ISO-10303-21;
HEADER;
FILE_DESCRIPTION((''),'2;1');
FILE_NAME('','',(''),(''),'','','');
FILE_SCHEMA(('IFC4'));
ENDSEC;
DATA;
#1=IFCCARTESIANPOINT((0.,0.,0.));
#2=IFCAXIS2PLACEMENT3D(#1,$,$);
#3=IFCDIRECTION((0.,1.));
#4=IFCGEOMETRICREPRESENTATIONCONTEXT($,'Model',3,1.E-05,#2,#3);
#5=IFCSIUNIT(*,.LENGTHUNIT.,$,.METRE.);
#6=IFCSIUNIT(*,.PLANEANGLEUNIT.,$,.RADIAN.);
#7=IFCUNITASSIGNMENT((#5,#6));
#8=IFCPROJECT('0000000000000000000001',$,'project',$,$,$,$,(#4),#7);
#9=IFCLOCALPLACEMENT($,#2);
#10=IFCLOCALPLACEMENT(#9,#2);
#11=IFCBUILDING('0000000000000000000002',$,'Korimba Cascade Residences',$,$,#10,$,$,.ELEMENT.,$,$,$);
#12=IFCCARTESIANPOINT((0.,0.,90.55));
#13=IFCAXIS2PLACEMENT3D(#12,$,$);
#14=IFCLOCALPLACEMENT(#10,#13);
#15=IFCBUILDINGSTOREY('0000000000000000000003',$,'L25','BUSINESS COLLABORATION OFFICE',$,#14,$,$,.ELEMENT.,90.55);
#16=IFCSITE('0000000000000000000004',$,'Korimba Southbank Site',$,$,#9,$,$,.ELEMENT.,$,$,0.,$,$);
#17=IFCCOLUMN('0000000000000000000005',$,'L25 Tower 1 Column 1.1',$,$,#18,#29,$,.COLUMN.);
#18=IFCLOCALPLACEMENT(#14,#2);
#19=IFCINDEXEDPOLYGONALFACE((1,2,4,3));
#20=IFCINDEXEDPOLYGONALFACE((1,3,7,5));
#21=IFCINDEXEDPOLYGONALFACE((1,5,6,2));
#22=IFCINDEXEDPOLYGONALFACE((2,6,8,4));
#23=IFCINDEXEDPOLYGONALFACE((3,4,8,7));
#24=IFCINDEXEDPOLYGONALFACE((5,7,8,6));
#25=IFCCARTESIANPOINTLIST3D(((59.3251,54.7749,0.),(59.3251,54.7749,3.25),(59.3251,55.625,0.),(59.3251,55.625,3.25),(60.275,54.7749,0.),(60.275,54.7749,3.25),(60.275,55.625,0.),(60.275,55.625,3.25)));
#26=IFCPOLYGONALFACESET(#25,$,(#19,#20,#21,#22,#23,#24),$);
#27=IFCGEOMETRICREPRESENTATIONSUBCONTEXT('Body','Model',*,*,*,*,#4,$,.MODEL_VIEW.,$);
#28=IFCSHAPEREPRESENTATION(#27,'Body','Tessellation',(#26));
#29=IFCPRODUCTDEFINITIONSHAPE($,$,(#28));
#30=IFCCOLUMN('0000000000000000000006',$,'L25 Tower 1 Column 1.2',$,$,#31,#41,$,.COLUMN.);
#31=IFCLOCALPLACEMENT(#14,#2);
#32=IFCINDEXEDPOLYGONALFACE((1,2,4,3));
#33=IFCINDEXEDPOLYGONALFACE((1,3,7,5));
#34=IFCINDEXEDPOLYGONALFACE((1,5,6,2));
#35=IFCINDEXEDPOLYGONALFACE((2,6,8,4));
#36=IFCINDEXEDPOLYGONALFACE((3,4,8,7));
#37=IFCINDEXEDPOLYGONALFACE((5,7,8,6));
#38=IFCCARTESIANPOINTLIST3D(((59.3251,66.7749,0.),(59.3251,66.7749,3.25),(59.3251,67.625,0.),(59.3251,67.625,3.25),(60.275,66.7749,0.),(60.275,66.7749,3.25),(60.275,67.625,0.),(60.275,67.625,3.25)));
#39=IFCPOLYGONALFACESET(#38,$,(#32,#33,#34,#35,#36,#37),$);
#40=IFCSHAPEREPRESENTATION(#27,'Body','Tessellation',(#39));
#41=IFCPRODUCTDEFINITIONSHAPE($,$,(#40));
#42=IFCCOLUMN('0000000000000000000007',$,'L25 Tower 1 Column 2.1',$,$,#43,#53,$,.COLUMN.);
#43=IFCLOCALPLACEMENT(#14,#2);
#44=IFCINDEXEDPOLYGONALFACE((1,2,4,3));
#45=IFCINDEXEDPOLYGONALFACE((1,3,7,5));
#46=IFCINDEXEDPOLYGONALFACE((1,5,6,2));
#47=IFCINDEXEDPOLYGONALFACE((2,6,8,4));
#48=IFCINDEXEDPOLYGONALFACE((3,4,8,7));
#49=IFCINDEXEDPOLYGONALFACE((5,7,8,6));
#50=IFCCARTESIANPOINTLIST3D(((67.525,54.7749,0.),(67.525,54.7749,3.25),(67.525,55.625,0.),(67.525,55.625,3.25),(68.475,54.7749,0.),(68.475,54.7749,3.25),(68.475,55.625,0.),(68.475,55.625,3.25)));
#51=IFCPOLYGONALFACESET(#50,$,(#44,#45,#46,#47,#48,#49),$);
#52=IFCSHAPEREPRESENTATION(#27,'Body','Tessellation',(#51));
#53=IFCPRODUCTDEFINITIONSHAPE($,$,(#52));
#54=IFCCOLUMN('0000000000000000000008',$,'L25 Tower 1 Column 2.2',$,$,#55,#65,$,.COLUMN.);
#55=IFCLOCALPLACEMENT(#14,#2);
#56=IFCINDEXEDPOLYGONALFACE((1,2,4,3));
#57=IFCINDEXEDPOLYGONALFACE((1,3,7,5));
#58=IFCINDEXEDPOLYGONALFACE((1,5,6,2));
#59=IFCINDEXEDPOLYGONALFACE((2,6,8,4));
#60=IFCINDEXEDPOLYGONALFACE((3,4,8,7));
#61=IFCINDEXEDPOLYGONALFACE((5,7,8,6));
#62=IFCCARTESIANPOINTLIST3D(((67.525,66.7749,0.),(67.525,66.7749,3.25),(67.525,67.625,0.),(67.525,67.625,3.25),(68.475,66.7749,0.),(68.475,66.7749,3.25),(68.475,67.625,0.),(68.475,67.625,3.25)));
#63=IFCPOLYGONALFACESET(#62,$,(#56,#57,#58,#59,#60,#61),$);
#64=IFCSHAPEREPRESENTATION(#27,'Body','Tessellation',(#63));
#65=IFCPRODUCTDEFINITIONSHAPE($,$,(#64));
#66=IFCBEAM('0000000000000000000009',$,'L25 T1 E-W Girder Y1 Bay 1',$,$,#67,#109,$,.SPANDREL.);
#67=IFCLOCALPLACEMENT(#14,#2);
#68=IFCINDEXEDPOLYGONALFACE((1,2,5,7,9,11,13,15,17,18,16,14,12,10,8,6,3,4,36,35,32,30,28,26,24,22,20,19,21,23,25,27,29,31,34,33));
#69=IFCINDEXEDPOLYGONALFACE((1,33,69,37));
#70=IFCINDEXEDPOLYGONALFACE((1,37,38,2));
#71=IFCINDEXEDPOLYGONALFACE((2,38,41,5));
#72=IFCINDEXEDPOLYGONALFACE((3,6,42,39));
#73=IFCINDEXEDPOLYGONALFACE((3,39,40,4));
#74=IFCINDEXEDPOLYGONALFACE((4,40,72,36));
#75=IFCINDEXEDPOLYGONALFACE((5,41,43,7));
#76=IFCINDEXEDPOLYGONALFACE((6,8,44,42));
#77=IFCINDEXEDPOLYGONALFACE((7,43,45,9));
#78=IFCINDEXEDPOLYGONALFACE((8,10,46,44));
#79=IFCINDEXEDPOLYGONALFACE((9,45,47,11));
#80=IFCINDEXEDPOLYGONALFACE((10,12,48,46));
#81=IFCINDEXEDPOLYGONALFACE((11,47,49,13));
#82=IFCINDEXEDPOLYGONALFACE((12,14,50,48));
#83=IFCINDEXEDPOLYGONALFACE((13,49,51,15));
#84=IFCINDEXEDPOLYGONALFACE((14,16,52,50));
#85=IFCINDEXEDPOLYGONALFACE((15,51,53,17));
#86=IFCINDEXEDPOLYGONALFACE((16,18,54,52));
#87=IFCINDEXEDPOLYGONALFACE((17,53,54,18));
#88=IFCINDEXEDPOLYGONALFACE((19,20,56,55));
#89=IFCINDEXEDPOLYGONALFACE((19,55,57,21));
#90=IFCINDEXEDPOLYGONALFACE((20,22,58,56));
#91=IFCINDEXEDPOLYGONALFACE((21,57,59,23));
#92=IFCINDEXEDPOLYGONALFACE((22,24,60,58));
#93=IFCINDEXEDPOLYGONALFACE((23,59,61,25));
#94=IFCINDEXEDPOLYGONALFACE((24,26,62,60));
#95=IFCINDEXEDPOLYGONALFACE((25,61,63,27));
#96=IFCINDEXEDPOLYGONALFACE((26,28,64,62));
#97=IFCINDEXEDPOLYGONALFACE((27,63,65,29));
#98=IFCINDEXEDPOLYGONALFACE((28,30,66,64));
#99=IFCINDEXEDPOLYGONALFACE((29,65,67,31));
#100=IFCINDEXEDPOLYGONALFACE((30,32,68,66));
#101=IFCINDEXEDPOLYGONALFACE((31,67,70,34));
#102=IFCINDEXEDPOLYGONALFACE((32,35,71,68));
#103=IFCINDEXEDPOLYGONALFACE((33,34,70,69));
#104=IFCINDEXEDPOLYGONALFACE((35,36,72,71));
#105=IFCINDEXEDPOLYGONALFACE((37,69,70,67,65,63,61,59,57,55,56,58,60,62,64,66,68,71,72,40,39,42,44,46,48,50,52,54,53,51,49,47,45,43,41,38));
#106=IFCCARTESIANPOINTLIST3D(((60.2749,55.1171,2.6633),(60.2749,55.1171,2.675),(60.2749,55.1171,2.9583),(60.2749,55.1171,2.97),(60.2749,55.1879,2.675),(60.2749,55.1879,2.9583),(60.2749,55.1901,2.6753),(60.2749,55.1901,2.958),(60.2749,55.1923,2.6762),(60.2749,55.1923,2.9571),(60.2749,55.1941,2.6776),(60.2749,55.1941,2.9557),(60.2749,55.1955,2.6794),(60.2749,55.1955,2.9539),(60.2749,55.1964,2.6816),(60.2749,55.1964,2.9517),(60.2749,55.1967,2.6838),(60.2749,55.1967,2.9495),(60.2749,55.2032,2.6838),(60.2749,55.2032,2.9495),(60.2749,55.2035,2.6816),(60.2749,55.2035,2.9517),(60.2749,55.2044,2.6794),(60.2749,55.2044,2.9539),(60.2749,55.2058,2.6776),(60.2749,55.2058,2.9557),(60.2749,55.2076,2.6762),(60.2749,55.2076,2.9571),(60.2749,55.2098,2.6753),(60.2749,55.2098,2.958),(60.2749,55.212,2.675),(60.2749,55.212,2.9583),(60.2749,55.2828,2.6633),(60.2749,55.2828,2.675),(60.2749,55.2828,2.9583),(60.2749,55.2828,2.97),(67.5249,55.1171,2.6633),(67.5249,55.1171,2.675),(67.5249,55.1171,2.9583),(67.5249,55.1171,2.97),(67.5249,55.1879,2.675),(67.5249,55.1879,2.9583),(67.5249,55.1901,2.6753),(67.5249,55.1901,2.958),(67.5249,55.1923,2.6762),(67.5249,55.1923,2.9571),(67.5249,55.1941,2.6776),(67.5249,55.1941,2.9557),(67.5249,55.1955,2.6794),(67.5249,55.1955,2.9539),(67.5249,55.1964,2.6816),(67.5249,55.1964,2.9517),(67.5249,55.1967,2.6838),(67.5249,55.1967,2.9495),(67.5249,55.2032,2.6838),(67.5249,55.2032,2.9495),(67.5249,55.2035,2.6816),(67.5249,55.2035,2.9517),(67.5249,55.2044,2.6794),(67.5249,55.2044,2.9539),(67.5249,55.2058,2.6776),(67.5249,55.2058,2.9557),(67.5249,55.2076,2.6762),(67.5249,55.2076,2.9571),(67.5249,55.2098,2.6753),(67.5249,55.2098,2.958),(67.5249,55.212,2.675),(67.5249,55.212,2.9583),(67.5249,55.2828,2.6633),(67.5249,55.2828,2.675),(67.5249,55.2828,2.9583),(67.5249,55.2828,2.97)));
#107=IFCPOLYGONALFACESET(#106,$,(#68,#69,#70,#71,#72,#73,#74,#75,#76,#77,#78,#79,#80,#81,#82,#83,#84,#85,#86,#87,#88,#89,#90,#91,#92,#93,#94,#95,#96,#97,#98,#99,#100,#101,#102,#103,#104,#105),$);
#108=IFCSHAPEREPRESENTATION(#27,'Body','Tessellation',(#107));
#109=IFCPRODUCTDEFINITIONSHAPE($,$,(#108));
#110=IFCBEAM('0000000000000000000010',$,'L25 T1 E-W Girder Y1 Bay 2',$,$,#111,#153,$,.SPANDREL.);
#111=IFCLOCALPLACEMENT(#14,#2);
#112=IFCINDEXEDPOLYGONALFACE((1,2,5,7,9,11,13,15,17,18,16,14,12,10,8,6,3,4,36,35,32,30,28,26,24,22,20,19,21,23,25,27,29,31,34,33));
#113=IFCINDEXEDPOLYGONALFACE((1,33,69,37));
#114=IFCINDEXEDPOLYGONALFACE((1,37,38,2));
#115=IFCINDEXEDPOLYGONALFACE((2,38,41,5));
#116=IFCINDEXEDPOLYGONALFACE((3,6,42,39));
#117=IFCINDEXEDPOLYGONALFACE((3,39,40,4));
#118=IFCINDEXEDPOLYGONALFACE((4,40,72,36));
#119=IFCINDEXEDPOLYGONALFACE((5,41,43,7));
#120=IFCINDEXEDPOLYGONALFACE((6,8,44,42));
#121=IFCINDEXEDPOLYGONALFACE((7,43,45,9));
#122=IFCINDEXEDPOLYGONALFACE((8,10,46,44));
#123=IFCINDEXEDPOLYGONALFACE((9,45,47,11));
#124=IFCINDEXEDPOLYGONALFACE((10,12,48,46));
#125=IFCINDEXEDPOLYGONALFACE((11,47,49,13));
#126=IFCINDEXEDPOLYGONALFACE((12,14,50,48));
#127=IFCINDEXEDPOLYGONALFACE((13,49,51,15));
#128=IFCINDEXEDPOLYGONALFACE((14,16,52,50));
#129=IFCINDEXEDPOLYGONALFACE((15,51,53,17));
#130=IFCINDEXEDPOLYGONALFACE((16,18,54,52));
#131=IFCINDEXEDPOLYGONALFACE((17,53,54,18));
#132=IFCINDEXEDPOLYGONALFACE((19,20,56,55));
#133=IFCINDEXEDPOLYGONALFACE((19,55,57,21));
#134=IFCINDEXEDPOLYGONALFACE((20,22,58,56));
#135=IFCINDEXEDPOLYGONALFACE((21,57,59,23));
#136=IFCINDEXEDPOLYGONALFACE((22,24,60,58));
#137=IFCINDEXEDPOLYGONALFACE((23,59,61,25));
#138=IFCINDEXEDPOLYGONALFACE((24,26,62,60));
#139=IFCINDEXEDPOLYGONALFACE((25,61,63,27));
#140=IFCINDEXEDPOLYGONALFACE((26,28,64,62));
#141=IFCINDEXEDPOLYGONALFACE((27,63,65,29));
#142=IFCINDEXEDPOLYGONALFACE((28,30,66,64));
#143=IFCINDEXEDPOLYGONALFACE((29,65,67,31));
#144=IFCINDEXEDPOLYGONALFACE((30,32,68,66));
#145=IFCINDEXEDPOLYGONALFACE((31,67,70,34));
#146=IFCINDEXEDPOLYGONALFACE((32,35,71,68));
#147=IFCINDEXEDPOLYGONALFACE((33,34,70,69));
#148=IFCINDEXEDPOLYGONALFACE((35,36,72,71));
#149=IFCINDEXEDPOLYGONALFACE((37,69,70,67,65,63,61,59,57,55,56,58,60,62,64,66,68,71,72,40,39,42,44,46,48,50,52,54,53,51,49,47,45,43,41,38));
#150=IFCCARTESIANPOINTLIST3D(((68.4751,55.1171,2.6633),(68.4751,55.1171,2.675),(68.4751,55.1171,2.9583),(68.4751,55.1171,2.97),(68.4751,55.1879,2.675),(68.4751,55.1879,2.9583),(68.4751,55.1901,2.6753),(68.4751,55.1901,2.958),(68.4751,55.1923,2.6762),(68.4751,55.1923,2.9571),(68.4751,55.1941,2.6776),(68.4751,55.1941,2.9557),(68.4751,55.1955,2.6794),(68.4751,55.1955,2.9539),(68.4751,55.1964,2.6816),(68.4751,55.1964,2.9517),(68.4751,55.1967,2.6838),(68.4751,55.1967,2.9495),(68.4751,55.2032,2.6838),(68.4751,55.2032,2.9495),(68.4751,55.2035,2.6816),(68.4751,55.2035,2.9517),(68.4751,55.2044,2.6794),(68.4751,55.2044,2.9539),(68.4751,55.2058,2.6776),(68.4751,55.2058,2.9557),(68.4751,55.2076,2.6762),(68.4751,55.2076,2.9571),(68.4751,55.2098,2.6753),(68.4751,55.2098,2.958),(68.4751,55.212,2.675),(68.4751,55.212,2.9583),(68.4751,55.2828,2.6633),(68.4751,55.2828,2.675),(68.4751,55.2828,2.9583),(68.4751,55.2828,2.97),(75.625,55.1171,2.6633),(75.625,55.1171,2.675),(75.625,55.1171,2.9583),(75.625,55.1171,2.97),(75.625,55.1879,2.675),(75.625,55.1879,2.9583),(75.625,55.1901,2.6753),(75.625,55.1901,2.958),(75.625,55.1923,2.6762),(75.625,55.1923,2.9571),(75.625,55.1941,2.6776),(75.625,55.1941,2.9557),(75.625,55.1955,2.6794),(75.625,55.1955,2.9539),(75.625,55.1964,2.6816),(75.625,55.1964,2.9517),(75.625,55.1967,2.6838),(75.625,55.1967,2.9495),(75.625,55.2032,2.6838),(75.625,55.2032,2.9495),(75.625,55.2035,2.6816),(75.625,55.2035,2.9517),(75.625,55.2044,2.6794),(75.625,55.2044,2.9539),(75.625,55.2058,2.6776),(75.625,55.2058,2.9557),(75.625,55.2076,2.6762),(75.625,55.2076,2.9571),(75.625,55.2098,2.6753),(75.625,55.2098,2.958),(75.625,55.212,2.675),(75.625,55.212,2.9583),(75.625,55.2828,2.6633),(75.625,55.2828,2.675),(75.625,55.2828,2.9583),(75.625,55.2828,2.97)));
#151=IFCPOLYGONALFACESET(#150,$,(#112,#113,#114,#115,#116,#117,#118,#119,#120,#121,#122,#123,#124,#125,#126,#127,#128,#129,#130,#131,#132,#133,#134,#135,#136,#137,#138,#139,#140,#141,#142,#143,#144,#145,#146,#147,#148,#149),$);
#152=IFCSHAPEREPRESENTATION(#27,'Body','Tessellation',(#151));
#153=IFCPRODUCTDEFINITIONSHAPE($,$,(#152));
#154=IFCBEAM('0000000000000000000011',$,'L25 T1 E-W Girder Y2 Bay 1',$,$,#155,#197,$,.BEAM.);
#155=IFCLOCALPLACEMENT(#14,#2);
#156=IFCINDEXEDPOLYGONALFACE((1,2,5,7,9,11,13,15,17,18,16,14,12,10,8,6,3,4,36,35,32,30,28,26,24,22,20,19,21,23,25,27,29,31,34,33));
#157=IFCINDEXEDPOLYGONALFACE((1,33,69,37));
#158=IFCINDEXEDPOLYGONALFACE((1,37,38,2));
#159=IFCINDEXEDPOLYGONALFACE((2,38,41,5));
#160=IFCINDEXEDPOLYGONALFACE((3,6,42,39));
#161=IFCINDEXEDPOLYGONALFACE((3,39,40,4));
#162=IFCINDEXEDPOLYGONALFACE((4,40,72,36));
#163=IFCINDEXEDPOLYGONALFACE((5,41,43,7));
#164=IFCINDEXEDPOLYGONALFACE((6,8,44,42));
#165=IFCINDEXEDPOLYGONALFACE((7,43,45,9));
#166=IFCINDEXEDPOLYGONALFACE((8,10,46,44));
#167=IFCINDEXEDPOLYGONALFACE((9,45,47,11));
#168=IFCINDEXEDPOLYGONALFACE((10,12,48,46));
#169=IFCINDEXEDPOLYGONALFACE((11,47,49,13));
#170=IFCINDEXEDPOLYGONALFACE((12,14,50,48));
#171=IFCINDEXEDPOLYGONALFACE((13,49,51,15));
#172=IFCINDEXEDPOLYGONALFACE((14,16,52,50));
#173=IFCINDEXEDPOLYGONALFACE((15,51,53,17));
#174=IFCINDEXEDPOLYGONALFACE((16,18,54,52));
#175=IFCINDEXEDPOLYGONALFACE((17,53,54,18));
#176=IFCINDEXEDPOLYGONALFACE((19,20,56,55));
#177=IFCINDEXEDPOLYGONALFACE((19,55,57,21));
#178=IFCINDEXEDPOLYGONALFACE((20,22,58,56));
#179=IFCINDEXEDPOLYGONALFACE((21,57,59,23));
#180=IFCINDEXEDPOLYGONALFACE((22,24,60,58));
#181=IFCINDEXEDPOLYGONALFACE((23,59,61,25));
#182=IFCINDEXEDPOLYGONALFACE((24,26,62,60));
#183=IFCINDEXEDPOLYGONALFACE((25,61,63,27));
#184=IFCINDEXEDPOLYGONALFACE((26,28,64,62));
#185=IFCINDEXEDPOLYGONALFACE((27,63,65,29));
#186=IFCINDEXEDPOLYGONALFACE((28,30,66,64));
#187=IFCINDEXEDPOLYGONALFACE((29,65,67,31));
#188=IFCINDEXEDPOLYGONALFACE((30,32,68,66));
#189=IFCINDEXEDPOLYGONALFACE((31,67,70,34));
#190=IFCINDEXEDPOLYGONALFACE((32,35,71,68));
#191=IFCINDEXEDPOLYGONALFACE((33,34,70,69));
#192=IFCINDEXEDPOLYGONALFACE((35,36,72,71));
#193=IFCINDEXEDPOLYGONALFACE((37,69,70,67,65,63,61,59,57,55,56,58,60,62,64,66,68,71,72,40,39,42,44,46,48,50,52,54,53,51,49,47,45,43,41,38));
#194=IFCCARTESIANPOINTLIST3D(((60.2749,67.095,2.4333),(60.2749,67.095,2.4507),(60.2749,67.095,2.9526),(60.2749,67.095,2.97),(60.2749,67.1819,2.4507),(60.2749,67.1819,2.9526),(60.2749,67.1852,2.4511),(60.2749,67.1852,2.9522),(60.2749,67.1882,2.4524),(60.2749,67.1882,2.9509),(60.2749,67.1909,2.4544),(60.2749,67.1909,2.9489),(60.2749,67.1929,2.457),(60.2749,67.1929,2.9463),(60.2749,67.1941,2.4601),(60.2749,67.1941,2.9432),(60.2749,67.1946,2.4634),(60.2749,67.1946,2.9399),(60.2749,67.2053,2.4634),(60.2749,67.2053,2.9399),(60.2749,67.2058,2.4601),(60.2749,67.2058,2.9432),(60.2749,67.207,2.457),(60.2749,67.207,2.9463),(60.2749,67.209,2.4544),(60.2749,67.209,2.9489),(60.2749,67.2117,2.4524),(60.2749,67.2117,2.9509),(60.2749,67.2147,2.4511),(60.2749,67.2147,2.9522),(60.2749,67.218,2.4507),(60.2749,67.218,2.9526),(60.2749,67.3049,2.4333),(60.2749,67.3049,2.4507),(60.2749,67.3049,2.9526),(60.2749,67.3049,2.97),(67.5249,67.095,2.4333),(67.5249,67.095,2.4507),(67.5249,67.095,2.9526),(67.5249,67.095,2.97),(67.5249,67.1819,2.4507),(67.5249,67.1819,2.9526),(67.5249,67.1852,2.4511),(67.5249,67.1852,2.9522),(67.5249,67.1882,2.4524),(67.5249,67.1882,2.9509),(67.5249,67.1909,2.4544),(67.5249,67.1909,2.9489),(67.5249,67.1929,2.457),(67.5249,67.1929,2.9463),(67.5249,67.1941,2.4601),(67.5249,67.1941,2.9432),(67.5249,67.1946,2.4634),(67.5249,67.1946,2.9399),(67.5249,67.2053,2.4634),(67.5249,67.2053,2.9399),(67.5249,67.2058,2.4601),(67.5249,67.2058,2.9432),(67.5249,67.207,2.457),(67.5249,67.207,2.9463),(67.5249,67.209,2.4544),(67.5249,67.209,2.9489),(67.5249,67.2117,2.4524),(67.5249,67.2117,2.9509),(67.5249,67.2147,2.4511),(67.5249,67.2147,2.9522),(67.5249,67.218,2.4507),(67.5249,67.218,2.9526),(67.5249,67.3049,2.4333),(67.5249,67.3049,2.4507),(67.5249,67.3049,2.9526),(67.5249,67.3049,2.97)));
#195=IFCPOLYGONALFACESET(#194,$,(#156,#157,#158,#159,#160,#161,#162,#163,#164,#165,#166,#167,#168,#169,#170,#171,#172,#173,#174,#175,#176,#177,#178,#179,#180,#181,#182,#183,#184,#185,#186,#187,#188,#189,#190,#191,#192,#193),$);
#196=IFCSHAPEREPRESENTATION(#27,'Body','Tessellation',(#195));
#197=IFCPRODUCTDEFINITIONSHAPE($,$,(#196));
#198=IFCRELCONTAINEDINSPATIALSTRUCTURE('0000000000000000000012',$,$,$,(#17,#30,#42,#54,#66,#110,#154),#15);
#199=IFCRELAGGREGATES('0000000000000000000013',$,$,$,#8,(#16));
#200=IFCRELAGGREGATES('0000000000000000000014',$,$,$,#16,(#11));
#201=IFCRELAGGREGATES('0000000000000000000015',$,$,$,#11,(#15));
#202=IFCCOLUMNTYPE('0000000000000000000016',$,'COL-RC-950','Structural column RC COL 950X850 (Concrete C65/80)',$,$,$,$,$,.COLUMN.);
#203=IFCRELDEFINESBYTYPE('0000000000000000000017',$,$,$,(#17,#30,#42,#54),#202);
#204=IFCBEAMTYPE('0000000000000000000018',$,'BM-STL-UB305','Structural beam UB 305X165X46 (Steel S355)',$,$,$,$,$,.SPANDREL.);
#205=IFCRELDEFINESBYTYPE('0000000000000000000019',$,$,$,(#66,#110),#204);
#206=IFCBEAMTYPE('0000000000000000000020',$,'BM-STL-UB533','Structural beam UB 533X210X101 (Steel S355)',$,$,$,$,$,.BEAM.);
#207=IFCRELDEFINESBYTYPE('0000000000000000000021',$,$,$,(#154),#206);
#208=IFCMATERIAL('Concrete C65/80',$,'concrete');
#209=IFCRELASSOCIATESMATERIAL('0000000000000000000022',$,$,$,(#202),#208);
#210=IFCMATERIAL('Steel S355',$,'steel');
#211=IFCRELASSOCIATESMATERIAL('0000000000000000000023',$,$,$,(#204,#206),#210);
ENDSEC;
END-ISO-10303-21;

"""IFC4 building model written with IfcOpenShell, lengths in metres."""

from ifc_helpers import new_model, si_unit, direction, frame, origin, origin_2d, place, context, subcontext, project, spatial, rectangle, i_section, extrude, material, material_profile, profile_set, type_object, element, save


model = new_model("IFC4")

# Units and contexts
model_context = context("Model", 3, precision=1e-05, world=origin(), true_north=direction((0.0, 1.0)))
body_context = subcontext(model_context, "Body", "Model", "MODEL_VIEW")
ifc_project = project(units=[si_unit("LENGTHUNIT", "METRE"), si_unit("PLANEANGLEUNIT", "RADIAN")], contexts=[model_context])

# Site, building, storey
site_placement = place(None, origin())
site = spatial("IfcSite", under=ifc_project, at=site_placement, Name="Korimba Southbank Site", CompositionType="ELEMENT", RefElevation=0.0)
building_placement = place(site_placement, origin())
building = spatial("IfcBuilding", under=site, at=building_placement, Name="Korimba Cascade Residences", CompositionType="ELEMENT")
storey_placement = place(building_placement, frame((0.0, 0.0, 90.55)))
storey = spatial("IfcBuildingStorey", under=building, at=storey_placement, Name="L25", Description="BUSINESS COLLABORATION OFFICE", CompositionType="ELEMENT", Elevation=90.55)

# Columns
ifc_material_1 = material(Name="Concrete C65/80", Category="concrete")
ifc_material_profile_1 = material_profile(ifc_material_1, rectangle(XDim=0.95, YDim=0.8501, at=origin_2d()), Name="Concrete C65/80")
ifc_profile_set_1 = profile_set([ifc_material_profile_1], Name="Concrete C65/80")
column_type = type_object("IfcColumnType", Name="COL-RC-950", Description="Structural column RC COL 950X850 (Concrete C65/80)", PredefinedType="COLUMN", material=ifc_profile_set_1)
for number, where, z_axis, x_axis, name in (
    (1, (59.8, 55.2, 0.0), (0.0, 0.0, 1.0), (1.0, 0.0, 0.0), "L25 Tower 1 Column 1.1"),
    (2, (59.8, 67.2, 0.0), (0.0, 0.0, 1.0), (1.0, 0.0, 0.0), "L25 Tower 1 Column 1.2"),
    (3, (68.0, 55.2, 0.0), (0.0, 0.0, 1.0), (1.0, 0.0, 0.0), "L25 Tower 1 Column 2.1"),
    (4, (68.0, 67.2, 0.0), (0.0, 0.0, 1.0), (1.0, 0.0, 0.0), "L25 Tower 1 Column 2.2"),
):
    element("IfcColumn", number, at=place(storey_placement, frame(where, z_axis=z_axis, x_axis=x_axis)), inside=storey, type_object=column_type, Name=name, PredefinedType="COLUMN", context=body_context, shape_type="SweptSolid", body=[
        extrude(rectangle(XDim=0.95, YDim=0.8501, at=origin_2d()), origin(), (0.0, 0.0, 1.0), 3.25),
    ])

# Beams
ifc_material_2 = material(Name="Steel S355", Category="steel")
ifc_material_profile_2 = material_profile(ifc_material_2, i_section(OverallWidth=0.1658, OverallDepth=0.3066, WebThickness=0.0066, FlangeThickness=0.0117, FilletRadius=0.0088, at=origin_2d()), Name="Steel S355")
ifc_profile_set_2 = profile_set([ifc_material_profile_2], Name="Steel S355")
beam_type_1 = type_object("IfcBeamType", Name="BM-STL-UB305", Description="Structural beam UB 305X165X46 (Steel S355)", PredefinedType="SPANDREL", material=ifc_profile_set_2)
beam_1_placement = place(storey_placement, frame((60.2749, 55.2, 2.8167), z_axis=(1.0, 0.0, 0.0), x_axis=(0.0, 1.0, 0.0)))
element("IfcBeam", 5, at=beam_1_placement, inside=storey, type_object=beam_type_1, Name="L25 T1 E-W Girder Y1 Bay 1", PredefinedType="SPANDREL", context=body_context, shape_type="SweptSolid", body=[
    extrude(i_section(OverallWidth=0.1658, OverallDepth=0.3066, WebThickness=0.0066, FlangeThickness=0.0117, FilletRadius=0.0088, at=origin_2d()), origin(), (0.0, 0.0, 1.0), 7.25),
])
beam_2_placement = place(storey_placement, frame((68.4751, 55.2, 2.8167), z_axis=(1.0, 0.0, 0.0), x_axis=(0.0, 1.0, 0.0)))
element("IfcBeam", 6, at=beam_2_placement, inside=storey, type_object=beam_type_1, Name="L25 T1 E-W Girder Y1 Bay 2", PredefinedType="SPANDREL", context=body_context, shape_type="SweptSolid", body=[
    extrude(i_section(OverallWidth=0.1658, OverallDepth=0.3066, WebThickness=0.0066, FlangeThickness=0.0117, FilletRadius=0.0088, at=origin_2d()), origin(), (0.0, 0.0, 1.0), 7.1499),
])
ifc_material_profile_3 = material_profile(ifc_material_2, i_section(OverallWidth=0.21, OverallDepth=0.5366, WebThickness=0.0107, FlangeThickness=0.0173, FilletRadius=0.0127, at=origin_2d()), Name="Steel S355")
ifc_profile_set_3 = profile_set([ifc_material_profile_3], Name="Steel S355")
beam_type_2 = type_object("IfcBeamType", Name="BM-STL-UB533", Description="Structural beam UB 533X210X101 (Steel S355)", PredefinedType="BEAM", material=ifc_profile_set_3)
beam_3_placement = place(storey_placement, frame((60.2749, 67.2, 2.7017), z_axis=(1.0, 0.0, 0.0), x_axis=(0.0, 1.0, 0.0)))
element("IfcBeam", 7, at=beam_3_placement, inside=storey, type_object=beam_type_2, Name="L25 T1 E-W Girder Y2 Bay 1", PredefinedType="BEAM", context=body_context, shape_type="SweptSolid", body=[
    extrude(i_section(OverallWidth=0.21, OverallDepth=0.5366, WebThickness=0.0107, FlangeThickness=0.0173, FilletRadius=0.0127, at=origin_2d()), origin(), (0.0, 0.0, 1.0), 7.25),
])

save(model, "model.ifc")
